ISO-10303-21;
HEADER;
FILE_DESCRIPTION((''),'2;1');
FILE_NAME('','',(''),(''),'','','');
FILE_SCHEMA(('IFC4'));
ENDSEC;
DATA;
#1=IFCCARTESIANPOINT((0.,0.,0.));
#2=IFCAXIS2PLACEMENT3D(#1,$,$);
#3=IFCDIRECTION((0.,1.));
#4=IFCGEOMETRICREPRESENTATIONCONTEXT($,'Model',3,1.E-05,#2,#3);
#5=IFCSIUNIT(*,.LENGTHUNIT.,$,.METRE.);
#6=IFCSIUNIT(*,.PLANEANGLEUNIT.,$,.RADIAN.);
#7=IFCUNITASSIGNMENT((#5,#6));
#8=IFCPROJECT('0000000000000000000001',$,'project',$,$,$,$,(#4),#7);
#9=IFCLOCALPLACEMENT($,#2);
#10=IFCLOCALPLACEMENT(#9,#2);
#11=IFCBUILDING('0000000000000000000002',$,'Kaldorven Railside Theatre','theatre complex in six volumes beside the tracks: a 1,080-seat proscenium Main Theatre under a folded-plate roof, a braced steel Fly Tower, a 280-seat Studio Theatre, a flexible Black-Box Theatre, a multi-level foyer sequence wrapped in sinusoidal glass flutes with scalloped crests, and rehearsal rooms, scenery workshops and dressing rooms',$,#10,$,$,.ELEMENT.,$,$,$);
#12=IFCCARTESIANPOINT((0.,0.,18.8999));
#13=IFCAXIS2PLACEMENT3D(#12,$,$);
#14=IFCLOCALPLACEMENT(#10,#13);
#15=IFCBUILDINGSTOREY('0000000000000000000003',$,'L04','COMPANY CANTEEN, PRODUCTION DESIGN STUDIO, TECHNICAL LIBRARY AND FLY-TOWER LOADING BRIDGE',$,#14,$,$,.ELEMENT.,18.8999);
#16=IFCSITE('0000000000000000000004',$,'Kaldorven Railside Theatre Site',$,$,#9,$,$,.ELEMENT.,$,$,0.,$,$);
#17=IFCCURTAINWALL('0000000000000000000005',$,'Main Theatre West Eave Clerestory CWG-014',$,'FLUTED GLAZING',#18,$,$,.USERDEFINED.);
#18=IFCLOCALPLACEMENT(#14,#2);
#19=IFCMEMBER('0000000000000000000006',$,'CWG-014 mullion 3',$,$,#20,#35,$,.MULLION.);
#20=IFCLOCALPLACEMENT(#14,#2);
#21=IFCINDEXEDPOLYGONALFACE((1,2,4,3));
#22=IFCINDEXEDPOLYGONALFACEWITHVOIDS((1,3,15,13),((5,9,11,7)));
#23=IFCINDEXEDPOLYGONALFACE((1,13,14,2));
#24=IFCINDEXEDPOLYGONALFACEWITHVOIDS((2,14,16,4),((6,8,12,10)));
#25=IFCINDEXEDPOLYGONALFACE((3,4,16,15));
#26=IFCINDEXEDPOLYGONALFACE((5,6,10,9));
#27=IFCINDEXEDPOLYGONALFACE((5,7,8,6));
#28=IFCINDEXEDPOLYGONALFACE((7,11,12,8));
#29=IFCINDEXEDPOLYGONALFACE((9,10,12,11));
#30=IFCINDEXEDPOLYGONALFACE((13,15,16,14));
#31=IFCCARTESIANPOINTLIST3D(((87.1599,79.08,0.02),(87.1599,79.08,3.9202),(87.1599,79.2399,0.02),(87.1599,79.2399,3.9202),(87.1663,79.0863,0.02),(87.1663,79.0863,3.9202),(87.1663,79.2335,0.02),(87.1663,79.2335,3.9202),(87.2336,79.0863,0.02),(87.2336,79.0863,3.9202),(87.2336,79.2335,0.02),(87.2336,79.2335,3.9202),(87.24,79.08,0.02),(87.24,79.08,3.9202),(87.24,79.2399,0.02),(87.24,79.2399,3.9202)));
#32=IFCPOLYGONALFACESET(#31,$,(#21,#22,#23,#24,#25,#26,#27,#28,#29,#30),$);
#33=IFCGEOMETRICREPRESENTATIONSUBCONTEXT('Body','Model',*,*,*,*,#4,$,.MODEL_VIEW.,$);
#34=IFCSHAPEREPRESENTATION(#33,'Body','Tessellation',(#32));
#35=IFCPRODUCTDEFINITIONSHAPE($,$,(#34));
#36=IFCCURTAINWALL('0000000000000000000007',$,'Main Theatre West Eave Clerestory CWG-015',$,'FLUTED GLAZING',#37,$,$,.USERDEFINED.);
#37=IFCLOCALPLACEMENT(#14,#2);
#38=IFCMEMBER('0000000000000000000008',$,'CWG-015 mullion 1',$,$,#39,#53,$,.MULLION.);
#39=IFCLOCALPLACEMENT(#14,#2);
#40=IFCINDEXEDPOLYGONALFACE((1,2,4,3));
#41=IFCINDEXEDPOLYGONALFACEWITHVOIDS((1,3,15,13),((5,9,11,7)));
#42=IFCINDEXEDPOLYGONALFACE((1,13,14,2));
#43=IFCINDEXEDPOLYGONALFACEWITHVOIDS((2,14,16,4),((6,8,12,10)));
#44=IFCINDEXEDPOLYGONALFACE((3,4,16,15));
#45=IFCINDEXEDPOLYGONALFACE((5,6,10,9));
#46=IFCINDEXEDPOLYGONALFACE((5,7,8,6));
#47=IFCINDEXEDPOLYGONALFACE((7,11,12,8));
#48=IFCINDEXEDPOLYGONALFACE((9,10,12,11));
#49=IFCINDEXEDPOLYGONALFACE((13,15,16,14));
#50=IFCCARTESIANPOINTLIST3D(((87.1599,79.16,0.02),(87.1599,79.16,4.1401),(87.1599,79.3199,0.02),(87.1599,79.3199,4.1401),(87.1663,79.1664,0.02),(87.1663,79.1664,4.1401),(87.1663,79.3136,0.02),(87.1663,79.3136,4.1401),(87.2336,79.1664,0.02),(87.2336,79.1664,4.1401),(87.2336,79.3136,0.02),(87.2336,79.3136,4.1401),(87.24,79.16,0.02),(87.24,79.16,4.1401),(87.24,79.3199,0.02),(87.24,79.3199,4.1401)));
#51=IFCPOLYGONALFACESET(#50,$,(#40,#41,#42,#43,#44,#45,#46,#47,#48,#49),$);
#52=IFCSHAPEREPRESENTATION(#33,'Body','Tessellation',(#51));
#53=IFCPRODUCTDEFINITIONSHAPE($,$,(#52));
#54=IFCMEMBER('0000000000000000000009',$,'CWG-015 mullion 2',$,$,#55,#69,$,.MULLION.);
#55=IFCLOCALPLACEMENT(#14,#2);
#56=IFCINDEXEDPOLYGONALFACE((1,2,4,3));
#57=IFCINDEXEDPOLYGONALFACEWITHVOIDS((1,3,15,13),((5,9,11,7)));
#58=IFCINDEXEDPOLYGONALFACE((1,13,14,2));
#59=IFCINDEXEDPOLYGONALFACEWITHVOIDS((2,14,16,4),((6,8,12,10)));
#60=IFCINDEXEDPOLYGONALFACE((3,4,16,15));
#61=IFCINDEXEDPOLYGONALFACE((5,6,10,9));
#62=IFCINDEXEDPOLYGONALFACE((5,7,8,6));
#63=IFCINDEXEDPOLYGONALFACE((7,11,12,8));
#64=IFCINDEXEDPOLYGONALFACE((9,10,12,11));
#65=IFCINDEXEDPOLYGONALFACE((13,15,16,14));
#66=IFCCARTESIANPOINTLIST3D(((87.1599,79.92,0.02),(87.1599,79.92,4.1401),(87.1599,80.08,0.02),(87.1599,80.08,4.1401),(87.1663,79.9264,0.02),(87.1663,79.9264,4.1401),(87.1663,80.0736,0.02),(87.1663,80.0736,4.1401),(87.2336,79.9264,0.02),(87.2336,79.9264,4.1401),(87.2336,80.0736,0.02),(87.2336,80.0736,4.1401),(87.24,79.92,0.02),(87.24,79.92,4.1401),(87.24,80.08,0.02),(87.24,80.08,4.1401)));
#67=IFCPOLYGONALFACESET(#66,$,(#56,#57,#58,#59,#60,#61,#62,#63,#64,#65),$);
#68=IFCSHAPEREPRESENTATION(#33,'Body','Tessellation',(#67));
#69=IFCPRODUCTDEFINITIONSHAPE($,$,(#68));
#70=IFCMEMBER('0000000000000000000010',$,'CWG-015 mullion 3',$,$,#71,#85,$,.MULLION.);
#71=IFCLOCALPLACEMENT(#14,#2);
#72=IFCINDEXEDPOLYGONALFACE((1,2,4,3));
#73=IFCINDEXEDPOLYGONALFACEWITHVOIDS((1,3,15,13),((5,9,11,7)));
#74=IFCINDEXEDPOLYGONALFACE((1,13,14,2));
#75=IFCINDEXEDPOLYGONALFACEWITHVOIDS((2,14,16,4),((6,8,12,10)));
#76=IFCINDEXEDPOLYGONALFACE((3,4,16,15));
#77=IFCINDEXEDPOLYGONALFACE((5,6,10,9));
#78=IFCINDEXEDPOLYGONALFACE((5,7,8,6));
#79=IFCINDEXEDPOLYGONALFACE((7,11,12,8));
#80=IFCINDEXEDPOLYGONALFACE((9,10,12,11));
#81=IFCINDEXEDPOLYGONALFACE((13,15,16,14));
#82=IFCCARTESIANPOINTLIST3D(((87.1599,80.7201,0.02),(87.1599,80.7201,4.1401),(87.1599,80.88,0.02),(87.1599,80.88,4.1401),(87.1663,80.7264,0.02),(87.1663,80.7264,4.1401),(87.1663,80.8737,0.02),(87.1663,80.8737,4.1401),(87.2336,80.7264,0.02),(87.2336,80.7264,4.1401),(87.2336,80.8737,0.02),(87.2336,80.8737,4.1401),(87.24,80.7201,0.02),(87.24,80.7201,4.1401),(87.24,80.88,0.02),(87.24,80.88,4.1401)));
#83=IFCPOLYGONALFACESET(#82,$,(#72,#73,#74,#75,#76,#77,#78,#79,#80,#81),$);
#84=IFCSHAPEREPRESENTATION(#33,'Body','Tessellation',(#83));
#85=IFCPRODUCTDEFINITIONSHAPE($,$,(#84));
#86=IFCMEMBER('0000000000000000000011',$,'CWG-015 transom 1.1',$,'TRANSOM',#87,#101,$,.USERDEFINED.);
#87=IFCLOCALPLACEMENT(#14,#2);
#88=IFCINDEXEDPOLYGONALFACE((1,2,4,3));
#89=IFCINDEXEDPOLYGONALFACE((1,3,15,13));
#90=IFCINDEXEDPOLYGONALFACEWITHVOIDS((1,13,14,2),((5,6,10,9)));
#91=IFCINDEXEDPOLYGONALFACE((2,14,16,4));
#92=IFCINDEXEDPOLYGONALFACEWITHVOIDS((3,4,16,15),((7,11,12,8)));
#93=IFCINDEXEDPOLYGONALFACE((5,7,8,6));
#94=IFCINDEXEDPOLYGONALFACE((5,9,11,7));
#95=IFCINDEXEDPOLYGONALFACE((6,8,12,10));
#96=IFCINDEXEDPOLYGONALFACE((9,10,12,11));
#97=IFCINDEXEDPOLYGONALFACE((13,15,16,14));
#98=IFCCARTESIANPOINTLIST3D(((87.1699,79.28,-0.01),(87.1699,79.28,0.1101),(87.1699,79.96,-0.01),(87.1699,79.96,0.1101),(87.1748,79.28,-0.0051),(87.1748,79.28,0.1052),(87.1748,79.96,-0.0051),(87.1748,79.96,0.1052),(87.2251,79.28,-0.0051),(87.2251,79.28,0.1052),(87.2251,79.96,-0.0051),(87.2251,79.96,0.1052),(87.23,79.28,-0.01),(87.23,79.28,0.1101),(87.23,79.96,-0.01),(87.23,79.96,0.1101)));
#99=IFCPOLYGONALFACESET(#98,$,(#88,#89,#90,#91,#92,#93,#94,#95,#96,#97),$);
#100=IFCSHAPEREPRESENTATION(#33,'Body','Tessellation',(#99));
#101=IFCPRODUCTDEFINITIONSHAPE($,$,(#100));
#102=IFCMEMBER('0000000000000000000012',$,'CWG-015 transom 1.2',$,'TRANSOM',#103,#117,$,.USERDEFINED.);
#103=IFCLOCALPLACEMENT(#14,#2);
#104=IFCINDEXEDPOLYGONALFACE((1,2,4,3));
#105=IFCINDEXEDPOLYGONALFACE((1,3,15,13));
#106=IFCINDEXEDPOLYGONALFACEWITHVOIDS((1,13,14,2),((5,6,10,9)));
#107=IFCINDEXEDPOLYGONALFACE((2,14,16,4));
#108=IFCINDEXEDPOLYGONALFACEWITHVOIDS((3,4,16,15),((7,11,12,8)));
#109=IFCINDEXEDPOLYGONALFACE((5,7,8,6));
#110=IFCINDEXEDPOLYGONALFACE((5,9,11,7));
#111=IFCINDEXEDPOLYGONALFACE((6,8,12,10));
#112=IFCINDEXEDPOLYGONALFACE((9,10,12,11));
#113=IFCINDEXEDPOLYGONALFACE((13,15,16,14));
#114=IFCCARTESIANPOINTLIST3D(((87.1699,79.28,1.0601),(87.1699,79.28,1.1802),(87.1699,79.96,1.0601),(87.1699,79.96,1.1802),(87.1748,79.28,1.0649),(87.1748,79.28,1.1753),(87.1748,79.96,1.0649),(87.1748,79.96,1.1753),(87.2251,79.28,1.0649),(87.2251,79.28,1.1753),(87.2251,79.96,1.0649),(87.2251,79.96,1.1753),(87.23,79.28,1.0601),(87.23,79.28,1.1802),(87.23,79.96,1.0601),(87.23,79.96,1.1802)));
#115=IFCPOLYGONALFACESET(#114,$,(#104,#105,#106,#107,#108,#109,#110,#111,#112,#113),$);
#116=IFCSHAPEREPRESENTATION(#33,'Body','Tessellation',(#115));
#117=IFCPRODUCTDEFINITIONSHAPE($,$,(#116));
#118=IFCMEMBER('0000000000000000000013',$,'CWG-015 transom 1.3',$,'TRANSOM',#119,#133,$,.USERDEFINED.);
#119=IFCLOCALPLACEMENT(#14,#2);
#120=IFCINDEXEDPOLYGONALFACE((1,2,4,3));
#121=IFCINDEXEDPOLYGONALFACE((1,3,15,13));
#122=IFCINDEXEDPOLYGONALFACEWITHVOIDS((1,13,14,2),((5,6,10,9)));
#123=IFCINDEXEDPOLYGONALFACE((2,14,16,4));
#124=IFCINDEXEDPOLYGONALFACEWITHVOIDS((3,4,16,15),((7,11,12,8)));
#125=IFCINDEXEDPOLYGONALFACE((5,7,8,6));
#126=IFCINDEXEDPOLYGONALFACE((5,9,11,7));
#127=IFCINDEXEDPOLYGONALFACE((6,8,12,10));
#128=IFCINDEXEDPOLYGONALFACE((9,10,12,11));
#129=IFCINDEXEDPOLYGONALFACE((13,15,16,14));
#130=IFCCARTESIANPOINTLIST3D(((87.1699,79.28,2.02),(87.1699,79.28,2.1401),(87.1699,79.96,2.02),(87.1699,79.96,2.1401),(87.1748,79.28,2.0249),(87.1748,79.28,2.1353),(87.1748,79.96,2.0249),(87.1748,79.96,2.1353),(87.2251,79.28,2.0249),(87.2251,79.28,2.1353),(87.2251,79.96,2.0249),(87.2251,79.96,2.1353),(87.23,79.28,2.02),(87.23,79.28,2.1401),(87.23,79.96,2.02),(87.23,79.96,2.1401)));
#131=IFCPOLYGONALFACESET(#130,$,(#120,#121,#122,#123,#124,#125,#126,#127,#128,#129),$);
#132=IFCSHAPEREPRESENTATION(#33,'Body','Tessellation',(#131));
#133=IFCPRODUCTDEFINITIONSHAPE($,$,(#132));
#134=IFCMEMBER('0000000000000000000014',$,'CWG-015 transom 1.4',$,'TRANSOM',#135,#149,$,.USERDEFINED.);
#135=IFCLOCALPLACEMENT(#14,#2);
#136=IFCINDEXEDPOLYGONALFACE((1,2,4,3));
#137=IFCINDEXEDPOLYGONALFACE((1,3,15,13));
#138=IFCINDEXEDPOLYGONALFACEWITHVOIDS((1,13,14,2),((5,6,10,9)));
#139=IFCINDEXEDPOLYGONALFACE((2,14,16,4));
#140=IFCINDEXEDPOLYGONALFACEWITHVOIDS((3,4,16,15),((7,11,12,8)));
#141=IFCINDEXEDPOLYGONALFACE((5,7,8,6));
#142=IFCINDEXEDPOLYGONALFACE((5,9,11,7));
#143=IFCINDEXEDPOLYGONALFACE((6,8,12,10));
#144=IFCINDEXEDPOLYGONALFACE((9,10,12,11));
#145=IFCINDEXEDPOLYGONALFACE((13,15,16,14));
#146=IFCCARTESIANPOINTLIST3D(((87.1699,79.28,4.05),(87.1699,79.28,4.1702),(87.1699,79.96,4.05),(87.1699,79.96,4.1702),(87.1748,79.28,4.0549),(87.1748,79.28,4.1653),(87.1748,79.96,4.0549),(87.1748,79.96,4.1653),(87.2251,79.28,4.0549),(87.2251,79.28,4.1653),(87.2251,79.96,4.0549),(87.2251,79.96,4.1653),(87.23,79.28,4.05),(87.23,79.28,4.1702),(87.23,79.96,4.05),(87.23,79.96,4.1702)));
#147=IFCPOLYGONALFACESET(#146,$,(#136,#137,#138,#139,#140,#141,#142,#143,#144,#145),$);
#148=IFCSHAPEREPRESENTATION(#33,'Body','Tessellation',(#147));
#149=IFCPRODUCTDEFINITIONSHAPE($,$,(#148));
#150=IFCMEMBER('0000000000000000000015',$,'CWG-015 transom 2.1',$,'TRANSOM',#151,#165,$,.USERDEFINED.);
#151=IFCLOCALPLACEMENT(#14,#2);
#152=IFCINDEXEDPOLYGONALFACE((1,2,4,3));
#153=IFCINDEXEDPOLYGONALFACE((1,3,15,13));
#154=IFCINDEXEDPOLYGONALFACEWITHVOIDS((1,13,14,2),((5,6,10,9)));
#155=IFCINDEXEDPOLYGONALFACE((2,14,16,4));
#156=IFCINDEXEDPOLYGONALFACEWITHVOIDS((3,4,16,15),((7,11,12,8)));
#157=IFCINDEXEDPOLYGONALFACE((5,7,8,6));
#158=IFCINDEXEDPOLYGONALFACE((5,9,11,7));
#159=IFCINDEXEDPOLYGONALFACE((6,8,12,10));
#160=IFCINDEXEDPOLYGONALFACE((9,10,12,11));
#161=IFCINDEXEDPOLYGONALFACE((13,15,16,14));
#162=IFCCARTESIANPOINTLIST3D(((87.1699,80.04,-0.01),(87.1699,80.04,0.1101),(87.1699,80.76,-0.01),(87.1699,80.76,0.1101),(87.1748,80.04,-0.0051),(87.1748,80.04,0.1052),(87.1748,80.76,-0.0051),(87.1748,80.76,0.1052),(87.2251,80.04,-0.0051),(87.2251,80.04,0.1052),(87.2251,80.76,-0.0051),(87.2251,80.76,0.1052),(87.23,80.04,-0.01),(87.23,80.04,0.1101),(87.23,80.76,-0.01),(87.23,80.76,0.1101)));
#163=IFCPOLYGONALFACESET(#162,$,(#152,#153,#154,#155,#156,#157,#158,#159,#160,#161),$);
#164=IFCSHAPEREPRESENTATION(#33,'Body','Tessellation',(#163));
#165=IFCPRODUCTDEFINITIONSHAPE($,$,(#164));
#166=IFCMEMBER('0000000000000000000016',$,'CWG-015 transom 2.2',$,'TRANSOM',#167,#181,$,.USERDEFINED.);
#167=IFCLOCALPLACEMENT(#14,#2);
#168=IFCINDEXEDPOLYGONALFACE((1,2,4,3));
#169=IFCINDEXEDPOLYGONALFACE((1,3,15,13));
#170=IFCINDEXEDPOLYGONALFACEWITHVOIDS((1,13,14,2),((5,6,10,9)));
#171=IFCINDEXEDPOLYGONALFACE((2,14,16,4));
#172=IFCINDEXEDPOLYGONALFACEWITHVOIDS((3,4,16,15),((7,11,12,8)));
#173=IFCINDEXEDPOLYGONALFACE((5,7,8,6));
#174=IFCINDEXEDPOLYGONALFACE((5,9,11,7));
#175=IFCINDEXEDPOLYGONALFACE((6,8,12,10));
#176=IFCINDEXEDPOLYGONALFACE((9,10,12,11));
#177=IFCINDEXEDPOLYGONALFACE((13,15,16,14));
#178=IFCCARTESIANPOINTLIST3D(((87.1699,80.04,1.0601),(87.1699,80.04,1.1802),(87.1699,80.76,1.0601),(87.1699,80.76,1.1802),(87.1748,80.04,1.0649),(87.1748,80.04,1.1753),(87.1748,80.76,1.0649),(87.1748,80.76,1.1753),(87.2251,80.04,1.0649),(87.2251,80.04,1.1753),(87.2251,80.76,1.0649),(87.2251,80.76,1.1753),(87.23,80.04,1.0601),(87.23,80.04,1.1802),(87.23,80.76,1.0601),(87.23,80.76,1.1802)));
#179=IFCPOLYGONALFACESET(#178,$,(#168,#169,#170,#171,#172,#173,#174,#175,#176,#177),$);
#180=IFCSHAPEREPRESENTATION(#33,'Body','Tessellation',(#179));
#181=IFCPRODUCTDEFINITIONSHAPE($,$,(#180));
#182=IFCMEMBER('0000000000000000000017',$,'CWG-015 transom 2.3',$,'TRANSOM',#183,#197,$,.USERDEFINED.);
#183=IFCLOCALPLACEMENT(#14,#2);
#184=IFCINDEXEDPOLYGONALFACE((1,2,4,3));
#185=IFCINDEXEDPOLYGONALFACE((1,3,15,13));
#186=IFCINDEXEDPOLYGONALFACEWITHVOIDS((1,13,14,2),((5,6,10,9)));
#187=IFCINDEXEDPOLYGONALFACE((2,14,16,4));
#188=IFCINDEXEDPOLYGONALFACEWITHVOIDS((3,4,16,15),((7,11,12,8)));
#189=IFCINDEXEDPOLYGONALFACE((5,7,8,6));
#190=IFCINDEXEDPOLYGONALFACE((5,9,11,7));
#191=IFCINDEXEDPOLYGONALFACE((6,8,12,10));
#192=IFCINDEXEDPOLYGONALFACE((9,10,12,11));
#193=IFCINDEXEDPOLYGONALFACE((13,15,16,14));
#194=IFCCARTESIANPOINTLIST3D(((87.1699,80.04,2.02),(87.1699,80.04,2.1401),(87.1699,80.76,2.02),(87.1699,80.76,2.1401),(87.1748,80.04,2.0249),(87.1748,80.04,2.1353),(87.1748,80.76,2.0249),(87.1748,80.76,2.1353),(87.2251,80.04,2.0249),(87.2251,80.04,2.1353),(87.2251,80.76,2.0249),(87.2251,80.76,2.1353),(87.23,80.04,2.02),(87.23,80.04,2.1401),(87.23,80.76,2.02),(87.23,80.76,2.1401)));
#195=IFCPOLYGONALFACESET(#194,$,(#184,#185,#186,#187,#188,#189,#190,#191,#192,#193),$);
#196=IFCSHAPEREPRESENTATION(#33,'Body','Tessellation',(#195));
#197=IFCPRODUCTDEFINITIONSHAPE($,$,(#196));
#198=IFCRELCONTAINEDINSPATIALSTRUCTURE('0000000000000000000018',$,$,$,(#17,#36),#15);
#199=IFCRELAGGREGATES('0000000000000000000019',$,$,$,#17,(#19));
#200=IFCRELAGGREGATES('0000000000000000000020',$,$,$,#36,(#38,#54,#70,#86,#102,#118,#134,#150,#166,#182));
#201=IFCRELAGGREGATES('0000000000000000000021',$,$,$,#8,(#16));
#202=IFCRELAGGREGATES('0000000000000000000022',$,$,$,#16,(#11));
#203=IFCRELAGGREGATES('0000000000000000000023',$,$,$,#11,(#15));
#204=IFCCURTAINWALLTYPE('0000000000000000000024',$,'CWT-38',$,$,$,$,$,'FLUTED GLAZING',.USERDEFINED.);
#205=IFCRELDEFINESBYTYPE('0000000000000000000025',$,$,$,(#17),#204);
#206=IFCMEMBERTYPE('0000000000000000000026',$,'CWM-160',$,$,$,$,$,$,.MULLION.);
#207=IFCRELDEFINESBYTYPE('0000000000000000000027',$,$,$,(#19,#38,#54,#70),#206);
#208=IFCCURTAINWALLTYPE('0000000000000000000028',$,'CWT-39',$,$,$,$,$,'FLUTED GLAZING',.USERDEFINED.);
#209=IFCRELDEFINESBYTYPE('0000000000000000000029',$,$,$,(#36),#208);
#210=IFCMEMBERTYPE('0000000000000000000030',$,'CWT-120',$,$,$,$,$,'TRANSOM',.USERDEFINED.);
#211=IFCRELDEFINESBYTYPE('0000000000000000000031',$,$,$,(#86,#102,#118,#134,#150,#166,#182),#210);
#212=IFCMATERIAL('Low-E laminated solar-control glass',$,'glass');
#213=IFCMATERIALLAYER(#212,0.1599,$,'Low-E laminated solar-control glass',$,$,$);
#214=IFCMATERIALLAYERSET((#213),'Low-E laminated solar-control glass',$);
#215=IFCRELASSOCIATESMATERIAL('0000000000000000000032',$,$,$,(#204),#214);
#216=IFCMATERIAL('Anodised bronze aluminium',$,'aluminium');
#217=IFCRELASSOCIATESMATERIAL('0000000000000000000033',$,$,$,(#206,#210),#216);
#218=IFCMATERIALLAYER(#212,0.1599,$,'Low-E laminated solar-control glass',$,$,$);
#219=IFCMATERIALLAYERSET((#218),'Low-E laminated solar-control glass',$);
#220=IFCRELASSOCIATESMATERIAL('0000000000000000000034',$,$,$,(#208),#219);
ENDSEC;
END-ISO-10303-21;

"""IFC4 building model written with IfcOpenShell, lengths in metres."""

from ifc_helpers import new_model, si_unit, direction, frame, origin, origin_2d, place, context, subcontext, project, spatial, hollow_rectangle, extrude, material, layer, layer_set, material_profile, profile_set, type_object, element, aggregate, save


model = new_model("IFC4")

# Units and contexts
model_context = context("Model", 3, precision=1e-05, world=origin(), true_north=direction((0.0, 1.0)))
body_context = subcontext(model_context, "Body", "Model", "MODEL_VIEW")
ifc_project = project(units=[si_unit("LENGTHUNIT", "METRE"), si_unit("PLANEANGLEUNIT", "RADIAN")], contexts=[model_context])

# Site, building, storey
site_placement = place(None, origin())
site = spatial("IfcSite", under=ifc_project, at=site_placement, Name="Kaldorven Railside Theatre Site", CompositionType="ELEMENT", RefElevation=0.0)
building_placement = place(site_placement, origin())
building = spatial("IfcBuilding", under=site, at=building_placement, Name="Kaldorven Railside Theatre", Description="theatre complex in six volumes beside the tracks: a 1,080-seat proscenium Main Theatre under a folded-plate roof, a braced steel Fly Tower, a 280-seat Studio Theatre, a flexible Black-Box Theatre, a multi-level foyer sequence wrapped in sinusoidal glass flutes with scalloped crests, and rehearsal rooms, scenery workshops and dressing rooms", CompositionType="ELEMENT")
storey_placement = place(building_placement, frame((0.0, 0.0, 18.8999)))
storey = spatial("IfcBuildingStorey", under=building, at=storey_placement, Name="L04", Description="COMPANY CANTEEN, PRODUCTION DESIGN STUDIO, TECHNICAL LIBRARY AND FLY-TOWER LOADING BRIDGE", CompositionType="ELEMENT", Elevation=18.8999)

# Curtain wall, member
ifc_material_1 = material(Name="Low-E laminated solar-control glass", Category="glass")
ifc_layer_1 = layer(ifc_material_1, 0.1599, Name="Low-E laminated solar-control glass")
ifc_layer_set_1 = layer_set([ifc_layer_1], Name="Low-E laminated solar-control glass")
curtain_wall_type_1 = type_object("IfcCurtainWallType", Name="CWT-38", ElementType="FLUTED GLAZING", PredefinedType="USERDEFINED", material=ifc_layer_set_1)
curtain_wall_1_placement = place(storey_placement, origin())
curtain_wall_1 = element("IfcCurtainWall", 1, at=curtain_wall_1_placement, inside=storey, type_object=curtain_wall_type_1, Name="Main Theatre West Eave Clerestory CWG-014", ObjectType="FLUTED GLAZING", PredefinedType="USERDEFINED")
ifc_material_2 = material(Name="Anodised bronze aluminium", Category="aluminium")
ifc_material_profile_1 = material_profile(ifc_material_2, hollow_rectangle(XDim=0.0801, YDim=0.1599, WallThickness=0.0063, at=origin_2d()), Name="RHS 160x80x6.3")
ifc_profile_set_1 = profile_set([ifc_material_profile_1], Name="Anodised bronze aluminium")
member_type_1 = type_object("IfcMemberType", Name="CWM-160", PredefinedType="MULLION", material=ifc_profile_set_1)
member_1_placement = place(storey_placement, frame((87.2, 79.1599, 0.02), z_axis=(0.0, 0.0, 1.0), x_axis=(-1.0, 0.0, 0.0)))
member_1 = element("IfcMember", 2, at=member_1_placement, type_object=member_type_1, Name="CWG-014 mullion 3", PredefinedType="MULLION", context=body_context, shape_type="SweptSolid", body=[
    extrude(hollow_rectangle(XDim=0.0801, YDim=0.1599, WallThickness=0.0063, at=origin_2d()), origin(), (0.0, 0.0, 1.0), 3.9001),
])
aggregate(curtain_wall_1, [member_1])

# Curtain wall, members
ifc_layer_2 = layer(ifc_material_1, 0.1599, Name="Low-E laminated solar-control glass")
ifc_layer_set_2 = layer_set([ifc_layer_2], Name="Low-E laminated solar-control glass")
curtain_wall_type_2 = type_object("IfcCurtainWallType", Name="CWT-39", ElementType="FLUTED GLAZING", PredefinedType="USERDEFINED", material=ifc_layer_set_2)
curtain_wall_2_placement = place(storey_placement, origin())
curtain_wall_2 = element("IfcCurtainWall", 3, at=curtain_wall_2_placement, inside=storey, type_object=curtain_wall_type_2, Name="Main Theatre West Eave Clerestory CWG-015", ObjectType="FLUTED GLAZING", PredefinedType="USERDEFINED")
member_2_placement = place(storey_placement, frame((87.2, 79.24, 0.02), z_axis=(0.0, 0.0, 1.0), x_axis=(-1.0, 0.0, 0.0)))
member_2 = element("IfcMember", 4, at=member_2_placement, type_object=member_type_1, Name="CWG-015 mullion 1", PredefinedType="MULLION", context=body_context, shape_type="SweptSolid", body=[
    extrude(hollow_rectangle(XDim=0.0801, YDim=0.1599, WallThickness=0.0063, at=origin_2d()), origin(), (0.0, 0.0, 1.0), 4.1201),
])
member_3_placement = place(storey_placement, frame((87.2, 80.0, 0.02), z_axis=(0.0, 0.0, 1.0), x_axis=(-1.0, 0.0, 0.0)))
member_3 = element("IfcMember", 5, at=member_3_placement, type_object=member_type_1, Name="CWG-015 mullion 2", PredefinedType="MULLION", context=body_context, shape_type="SweptSolid", body=[
    extrude(hollow_rectangle(XDim=0.0801, YDim=0.1599, WallThickness=0.0063, at=origin_2d()), origin(), (0.0, 0.0, 1.0), 4.1201),
])
member_4_placement = place(storey_placement, frame((87.2, 80.8, 0.02), z_axis=(0.0, 0.0, 1.0), x_axis=(-1.0, 0.0, 0.0)))
member_4 = element("IfcMember", 6, at=member_4_placement, type_object=member_type_1, Name="CWG-015 mullion 3", PredefinedType="MULLION", context=body_context, shape_type="SweptSolid", body=[
    extrude(hollow_rectangle(XDim=0.0801, YDim=0.1599, WallThickness=0.0063, at=origin_2d()), origin(), (0.0, 0.0, 1.0), 4.1201),
])
ifc_material_profile_2 = material_profile(ifc_material_2, hollow_rectangle(XDim=0.0601, YDim=0.1201, WallThickness=0.0049, at=origin_2d()), Name="RHS 120x60x5")
ifc_profile_set_2 = profile_set([ifc_material_profile_2], Name="Anodised bronze aluminium")
member_type_2 = type_object("IfcMemberType", Name="CWT-120", ElementType="TRANSOM", PredefinedType="USERDEFINED", material=ifc_profile_set_2)
member_5_placement = place(storey_placement, frame((87.2, 79.28, 0.05), z_axis=(0.0, 1.0, 0.0), x_axis=(-1.0, 0.0, 0.0)))
member_5 = element("IfcMember", 7, at=member_5_placement, type_object=member_type_2, Name="CWG-015 transom 1.1", ObjectType="TRANSOM", PredefinedType="USERDEFINED", context=body_context, shape_type="SweptSolid", body=[
    extrude(hollow_rectangle(XDim=0.0601, YDim=0.1201, WallThickness=0.0049, at=origin_2d()), origin(), (0.0, 0.0, 1.0), 0.6799),
])
member_6_placement = place(storey_placement, frame((87.2, 79.28, 1.1201), z_axis=(0.0, 1.0, 0.0), x_axis=(-1.0, 0.0, 0.0)))
member_6 = element("IfcMember", 8, at=member_6_placement, type_object=member_type_2, Name="CWG-015 transom 1.2", ObjectType="TRANSOM", PredefinedType="USERDEFINED", context=body_context, shape_type="SweptSolid", body=[
    extrude(hollow_rectangle(XDim=0.0601, YDim=0.1201, WallThickness=0.0049, at=origin_2d()), origin(), (0.0, 0.0, 1.0), 0.6799),
])
member_7_placement = place(storey_placement, frame((87.2, 79.28, 2.0801), z_axis=(0.0, 1.0, 0.0), x_axis=(-1.0, 0.0, 0.0)))
member_7 = element("IfcMember", 9, at=member_7_placement, type_object=member_type_2, Name="CWG-015 transom 1.3", ObjectType="TRANSOM", PredefinedType="USERDEFINED", context=body_context, shape_type="SweptSolid", body=[
    extrude(hollow_rectangle(XDim=0.0601, YDim=0.1201, WallThickness=0.0049, at=origin_2d()), origin(), (0.0, 0.0, 1.0), 0.6799),
])
member_8_placement = place(storey_placement, frame((87.2, 79.28, 4.1101), z_axis=(0.0, 1.0, 0.0), x_axis=(-1.0, 0.0, 0.0)))
member_8 = element("IfcMember", 10, at=member_8_placement, type_object=member_type_2, Name="CWG-015 transom 1.4", ObjectType="TRANSOM", PredefinedType="USERDEFINED", context=body_context, shape_type="SweptSolid", body=[
    extrude(hollow_rectangle(XDim=0.0601, YDim=0.1201, WallThickness=0.0049, at=origin_2d()), origin(), (0.0, 0.0, 1.0), 0.6799),
])
member_9_placement = place(storey_placement, frame((87.2, 80.04, 0.05), z_axis=(0.0, 1.0, 0.0), x_axis=(-1.0, 0.0, 0.0)))
member_9 = element("IfcMember", 11, at=member_9_placement, type_object=member_type_2, Name="CWG-015 transom 2.1", ObjectType="TRANSOM", PredefinedType="USERDEFINED", context=body_context, shape_type="SweptSolid", body=[
    extrude(hollow_rectangle(XDim=0.0601, YDim=0.1201, WallThickness=0.0049, at=origin_2d()), origin(), (0.0, 0.0, 1.0), 0.72),
])
member_10_placement = place(storey_placement, frame((87.2, 80.04, 1.1201), z_axis=(0.0, 1.0, 0.0), x_axis=(-1.0, 0.0, 0.0)))
member_10 = element("IfcMember", 12, at=member_10_placement, type_object=member_type_2, Name="CWG-015 transom 2.2", ObjectType="TRANSOM", PredefinedType="USERDEFINED", context=body_context, shape_type="SweptSolid", body=[
    extrude(hollow_rectangle(XDim=0.0601, YDim=0.1201, WallThickness=0.0049, at=origin_2d()), origin(), (0.0, 0.0, 1.0), 0.72),
])
member_11_placement = place(storey_placement, frame((87.2, 80.04, 2.0801), z_axis=(0.0, 1.0, 0.0), x_axis=(-1.0, 0.0, 0.0)))
member_11 = element("IfcMember", 13, at=member_11_placement, type_object=member_type_2, Name="CWG-015 transom 2.3", ObjectType="TRANSOM", PredefinedType="USERDEFINED", context=body_context, shape_type="SweptSolid", body=[
    extrude(hollow_rectangle(XDim=0.0601, YDim=0.1201, WallThickness=0.0049, at=origin_2d()), origin(), (0.0, 0.0, 1.0), 0.72),
])
aggregate(curtain_wall_2, [member_2, member_3, member_4, member_5, member_6, member_7, member_8, member_9, member_10, member_11])

save(model, "model.ifc")
